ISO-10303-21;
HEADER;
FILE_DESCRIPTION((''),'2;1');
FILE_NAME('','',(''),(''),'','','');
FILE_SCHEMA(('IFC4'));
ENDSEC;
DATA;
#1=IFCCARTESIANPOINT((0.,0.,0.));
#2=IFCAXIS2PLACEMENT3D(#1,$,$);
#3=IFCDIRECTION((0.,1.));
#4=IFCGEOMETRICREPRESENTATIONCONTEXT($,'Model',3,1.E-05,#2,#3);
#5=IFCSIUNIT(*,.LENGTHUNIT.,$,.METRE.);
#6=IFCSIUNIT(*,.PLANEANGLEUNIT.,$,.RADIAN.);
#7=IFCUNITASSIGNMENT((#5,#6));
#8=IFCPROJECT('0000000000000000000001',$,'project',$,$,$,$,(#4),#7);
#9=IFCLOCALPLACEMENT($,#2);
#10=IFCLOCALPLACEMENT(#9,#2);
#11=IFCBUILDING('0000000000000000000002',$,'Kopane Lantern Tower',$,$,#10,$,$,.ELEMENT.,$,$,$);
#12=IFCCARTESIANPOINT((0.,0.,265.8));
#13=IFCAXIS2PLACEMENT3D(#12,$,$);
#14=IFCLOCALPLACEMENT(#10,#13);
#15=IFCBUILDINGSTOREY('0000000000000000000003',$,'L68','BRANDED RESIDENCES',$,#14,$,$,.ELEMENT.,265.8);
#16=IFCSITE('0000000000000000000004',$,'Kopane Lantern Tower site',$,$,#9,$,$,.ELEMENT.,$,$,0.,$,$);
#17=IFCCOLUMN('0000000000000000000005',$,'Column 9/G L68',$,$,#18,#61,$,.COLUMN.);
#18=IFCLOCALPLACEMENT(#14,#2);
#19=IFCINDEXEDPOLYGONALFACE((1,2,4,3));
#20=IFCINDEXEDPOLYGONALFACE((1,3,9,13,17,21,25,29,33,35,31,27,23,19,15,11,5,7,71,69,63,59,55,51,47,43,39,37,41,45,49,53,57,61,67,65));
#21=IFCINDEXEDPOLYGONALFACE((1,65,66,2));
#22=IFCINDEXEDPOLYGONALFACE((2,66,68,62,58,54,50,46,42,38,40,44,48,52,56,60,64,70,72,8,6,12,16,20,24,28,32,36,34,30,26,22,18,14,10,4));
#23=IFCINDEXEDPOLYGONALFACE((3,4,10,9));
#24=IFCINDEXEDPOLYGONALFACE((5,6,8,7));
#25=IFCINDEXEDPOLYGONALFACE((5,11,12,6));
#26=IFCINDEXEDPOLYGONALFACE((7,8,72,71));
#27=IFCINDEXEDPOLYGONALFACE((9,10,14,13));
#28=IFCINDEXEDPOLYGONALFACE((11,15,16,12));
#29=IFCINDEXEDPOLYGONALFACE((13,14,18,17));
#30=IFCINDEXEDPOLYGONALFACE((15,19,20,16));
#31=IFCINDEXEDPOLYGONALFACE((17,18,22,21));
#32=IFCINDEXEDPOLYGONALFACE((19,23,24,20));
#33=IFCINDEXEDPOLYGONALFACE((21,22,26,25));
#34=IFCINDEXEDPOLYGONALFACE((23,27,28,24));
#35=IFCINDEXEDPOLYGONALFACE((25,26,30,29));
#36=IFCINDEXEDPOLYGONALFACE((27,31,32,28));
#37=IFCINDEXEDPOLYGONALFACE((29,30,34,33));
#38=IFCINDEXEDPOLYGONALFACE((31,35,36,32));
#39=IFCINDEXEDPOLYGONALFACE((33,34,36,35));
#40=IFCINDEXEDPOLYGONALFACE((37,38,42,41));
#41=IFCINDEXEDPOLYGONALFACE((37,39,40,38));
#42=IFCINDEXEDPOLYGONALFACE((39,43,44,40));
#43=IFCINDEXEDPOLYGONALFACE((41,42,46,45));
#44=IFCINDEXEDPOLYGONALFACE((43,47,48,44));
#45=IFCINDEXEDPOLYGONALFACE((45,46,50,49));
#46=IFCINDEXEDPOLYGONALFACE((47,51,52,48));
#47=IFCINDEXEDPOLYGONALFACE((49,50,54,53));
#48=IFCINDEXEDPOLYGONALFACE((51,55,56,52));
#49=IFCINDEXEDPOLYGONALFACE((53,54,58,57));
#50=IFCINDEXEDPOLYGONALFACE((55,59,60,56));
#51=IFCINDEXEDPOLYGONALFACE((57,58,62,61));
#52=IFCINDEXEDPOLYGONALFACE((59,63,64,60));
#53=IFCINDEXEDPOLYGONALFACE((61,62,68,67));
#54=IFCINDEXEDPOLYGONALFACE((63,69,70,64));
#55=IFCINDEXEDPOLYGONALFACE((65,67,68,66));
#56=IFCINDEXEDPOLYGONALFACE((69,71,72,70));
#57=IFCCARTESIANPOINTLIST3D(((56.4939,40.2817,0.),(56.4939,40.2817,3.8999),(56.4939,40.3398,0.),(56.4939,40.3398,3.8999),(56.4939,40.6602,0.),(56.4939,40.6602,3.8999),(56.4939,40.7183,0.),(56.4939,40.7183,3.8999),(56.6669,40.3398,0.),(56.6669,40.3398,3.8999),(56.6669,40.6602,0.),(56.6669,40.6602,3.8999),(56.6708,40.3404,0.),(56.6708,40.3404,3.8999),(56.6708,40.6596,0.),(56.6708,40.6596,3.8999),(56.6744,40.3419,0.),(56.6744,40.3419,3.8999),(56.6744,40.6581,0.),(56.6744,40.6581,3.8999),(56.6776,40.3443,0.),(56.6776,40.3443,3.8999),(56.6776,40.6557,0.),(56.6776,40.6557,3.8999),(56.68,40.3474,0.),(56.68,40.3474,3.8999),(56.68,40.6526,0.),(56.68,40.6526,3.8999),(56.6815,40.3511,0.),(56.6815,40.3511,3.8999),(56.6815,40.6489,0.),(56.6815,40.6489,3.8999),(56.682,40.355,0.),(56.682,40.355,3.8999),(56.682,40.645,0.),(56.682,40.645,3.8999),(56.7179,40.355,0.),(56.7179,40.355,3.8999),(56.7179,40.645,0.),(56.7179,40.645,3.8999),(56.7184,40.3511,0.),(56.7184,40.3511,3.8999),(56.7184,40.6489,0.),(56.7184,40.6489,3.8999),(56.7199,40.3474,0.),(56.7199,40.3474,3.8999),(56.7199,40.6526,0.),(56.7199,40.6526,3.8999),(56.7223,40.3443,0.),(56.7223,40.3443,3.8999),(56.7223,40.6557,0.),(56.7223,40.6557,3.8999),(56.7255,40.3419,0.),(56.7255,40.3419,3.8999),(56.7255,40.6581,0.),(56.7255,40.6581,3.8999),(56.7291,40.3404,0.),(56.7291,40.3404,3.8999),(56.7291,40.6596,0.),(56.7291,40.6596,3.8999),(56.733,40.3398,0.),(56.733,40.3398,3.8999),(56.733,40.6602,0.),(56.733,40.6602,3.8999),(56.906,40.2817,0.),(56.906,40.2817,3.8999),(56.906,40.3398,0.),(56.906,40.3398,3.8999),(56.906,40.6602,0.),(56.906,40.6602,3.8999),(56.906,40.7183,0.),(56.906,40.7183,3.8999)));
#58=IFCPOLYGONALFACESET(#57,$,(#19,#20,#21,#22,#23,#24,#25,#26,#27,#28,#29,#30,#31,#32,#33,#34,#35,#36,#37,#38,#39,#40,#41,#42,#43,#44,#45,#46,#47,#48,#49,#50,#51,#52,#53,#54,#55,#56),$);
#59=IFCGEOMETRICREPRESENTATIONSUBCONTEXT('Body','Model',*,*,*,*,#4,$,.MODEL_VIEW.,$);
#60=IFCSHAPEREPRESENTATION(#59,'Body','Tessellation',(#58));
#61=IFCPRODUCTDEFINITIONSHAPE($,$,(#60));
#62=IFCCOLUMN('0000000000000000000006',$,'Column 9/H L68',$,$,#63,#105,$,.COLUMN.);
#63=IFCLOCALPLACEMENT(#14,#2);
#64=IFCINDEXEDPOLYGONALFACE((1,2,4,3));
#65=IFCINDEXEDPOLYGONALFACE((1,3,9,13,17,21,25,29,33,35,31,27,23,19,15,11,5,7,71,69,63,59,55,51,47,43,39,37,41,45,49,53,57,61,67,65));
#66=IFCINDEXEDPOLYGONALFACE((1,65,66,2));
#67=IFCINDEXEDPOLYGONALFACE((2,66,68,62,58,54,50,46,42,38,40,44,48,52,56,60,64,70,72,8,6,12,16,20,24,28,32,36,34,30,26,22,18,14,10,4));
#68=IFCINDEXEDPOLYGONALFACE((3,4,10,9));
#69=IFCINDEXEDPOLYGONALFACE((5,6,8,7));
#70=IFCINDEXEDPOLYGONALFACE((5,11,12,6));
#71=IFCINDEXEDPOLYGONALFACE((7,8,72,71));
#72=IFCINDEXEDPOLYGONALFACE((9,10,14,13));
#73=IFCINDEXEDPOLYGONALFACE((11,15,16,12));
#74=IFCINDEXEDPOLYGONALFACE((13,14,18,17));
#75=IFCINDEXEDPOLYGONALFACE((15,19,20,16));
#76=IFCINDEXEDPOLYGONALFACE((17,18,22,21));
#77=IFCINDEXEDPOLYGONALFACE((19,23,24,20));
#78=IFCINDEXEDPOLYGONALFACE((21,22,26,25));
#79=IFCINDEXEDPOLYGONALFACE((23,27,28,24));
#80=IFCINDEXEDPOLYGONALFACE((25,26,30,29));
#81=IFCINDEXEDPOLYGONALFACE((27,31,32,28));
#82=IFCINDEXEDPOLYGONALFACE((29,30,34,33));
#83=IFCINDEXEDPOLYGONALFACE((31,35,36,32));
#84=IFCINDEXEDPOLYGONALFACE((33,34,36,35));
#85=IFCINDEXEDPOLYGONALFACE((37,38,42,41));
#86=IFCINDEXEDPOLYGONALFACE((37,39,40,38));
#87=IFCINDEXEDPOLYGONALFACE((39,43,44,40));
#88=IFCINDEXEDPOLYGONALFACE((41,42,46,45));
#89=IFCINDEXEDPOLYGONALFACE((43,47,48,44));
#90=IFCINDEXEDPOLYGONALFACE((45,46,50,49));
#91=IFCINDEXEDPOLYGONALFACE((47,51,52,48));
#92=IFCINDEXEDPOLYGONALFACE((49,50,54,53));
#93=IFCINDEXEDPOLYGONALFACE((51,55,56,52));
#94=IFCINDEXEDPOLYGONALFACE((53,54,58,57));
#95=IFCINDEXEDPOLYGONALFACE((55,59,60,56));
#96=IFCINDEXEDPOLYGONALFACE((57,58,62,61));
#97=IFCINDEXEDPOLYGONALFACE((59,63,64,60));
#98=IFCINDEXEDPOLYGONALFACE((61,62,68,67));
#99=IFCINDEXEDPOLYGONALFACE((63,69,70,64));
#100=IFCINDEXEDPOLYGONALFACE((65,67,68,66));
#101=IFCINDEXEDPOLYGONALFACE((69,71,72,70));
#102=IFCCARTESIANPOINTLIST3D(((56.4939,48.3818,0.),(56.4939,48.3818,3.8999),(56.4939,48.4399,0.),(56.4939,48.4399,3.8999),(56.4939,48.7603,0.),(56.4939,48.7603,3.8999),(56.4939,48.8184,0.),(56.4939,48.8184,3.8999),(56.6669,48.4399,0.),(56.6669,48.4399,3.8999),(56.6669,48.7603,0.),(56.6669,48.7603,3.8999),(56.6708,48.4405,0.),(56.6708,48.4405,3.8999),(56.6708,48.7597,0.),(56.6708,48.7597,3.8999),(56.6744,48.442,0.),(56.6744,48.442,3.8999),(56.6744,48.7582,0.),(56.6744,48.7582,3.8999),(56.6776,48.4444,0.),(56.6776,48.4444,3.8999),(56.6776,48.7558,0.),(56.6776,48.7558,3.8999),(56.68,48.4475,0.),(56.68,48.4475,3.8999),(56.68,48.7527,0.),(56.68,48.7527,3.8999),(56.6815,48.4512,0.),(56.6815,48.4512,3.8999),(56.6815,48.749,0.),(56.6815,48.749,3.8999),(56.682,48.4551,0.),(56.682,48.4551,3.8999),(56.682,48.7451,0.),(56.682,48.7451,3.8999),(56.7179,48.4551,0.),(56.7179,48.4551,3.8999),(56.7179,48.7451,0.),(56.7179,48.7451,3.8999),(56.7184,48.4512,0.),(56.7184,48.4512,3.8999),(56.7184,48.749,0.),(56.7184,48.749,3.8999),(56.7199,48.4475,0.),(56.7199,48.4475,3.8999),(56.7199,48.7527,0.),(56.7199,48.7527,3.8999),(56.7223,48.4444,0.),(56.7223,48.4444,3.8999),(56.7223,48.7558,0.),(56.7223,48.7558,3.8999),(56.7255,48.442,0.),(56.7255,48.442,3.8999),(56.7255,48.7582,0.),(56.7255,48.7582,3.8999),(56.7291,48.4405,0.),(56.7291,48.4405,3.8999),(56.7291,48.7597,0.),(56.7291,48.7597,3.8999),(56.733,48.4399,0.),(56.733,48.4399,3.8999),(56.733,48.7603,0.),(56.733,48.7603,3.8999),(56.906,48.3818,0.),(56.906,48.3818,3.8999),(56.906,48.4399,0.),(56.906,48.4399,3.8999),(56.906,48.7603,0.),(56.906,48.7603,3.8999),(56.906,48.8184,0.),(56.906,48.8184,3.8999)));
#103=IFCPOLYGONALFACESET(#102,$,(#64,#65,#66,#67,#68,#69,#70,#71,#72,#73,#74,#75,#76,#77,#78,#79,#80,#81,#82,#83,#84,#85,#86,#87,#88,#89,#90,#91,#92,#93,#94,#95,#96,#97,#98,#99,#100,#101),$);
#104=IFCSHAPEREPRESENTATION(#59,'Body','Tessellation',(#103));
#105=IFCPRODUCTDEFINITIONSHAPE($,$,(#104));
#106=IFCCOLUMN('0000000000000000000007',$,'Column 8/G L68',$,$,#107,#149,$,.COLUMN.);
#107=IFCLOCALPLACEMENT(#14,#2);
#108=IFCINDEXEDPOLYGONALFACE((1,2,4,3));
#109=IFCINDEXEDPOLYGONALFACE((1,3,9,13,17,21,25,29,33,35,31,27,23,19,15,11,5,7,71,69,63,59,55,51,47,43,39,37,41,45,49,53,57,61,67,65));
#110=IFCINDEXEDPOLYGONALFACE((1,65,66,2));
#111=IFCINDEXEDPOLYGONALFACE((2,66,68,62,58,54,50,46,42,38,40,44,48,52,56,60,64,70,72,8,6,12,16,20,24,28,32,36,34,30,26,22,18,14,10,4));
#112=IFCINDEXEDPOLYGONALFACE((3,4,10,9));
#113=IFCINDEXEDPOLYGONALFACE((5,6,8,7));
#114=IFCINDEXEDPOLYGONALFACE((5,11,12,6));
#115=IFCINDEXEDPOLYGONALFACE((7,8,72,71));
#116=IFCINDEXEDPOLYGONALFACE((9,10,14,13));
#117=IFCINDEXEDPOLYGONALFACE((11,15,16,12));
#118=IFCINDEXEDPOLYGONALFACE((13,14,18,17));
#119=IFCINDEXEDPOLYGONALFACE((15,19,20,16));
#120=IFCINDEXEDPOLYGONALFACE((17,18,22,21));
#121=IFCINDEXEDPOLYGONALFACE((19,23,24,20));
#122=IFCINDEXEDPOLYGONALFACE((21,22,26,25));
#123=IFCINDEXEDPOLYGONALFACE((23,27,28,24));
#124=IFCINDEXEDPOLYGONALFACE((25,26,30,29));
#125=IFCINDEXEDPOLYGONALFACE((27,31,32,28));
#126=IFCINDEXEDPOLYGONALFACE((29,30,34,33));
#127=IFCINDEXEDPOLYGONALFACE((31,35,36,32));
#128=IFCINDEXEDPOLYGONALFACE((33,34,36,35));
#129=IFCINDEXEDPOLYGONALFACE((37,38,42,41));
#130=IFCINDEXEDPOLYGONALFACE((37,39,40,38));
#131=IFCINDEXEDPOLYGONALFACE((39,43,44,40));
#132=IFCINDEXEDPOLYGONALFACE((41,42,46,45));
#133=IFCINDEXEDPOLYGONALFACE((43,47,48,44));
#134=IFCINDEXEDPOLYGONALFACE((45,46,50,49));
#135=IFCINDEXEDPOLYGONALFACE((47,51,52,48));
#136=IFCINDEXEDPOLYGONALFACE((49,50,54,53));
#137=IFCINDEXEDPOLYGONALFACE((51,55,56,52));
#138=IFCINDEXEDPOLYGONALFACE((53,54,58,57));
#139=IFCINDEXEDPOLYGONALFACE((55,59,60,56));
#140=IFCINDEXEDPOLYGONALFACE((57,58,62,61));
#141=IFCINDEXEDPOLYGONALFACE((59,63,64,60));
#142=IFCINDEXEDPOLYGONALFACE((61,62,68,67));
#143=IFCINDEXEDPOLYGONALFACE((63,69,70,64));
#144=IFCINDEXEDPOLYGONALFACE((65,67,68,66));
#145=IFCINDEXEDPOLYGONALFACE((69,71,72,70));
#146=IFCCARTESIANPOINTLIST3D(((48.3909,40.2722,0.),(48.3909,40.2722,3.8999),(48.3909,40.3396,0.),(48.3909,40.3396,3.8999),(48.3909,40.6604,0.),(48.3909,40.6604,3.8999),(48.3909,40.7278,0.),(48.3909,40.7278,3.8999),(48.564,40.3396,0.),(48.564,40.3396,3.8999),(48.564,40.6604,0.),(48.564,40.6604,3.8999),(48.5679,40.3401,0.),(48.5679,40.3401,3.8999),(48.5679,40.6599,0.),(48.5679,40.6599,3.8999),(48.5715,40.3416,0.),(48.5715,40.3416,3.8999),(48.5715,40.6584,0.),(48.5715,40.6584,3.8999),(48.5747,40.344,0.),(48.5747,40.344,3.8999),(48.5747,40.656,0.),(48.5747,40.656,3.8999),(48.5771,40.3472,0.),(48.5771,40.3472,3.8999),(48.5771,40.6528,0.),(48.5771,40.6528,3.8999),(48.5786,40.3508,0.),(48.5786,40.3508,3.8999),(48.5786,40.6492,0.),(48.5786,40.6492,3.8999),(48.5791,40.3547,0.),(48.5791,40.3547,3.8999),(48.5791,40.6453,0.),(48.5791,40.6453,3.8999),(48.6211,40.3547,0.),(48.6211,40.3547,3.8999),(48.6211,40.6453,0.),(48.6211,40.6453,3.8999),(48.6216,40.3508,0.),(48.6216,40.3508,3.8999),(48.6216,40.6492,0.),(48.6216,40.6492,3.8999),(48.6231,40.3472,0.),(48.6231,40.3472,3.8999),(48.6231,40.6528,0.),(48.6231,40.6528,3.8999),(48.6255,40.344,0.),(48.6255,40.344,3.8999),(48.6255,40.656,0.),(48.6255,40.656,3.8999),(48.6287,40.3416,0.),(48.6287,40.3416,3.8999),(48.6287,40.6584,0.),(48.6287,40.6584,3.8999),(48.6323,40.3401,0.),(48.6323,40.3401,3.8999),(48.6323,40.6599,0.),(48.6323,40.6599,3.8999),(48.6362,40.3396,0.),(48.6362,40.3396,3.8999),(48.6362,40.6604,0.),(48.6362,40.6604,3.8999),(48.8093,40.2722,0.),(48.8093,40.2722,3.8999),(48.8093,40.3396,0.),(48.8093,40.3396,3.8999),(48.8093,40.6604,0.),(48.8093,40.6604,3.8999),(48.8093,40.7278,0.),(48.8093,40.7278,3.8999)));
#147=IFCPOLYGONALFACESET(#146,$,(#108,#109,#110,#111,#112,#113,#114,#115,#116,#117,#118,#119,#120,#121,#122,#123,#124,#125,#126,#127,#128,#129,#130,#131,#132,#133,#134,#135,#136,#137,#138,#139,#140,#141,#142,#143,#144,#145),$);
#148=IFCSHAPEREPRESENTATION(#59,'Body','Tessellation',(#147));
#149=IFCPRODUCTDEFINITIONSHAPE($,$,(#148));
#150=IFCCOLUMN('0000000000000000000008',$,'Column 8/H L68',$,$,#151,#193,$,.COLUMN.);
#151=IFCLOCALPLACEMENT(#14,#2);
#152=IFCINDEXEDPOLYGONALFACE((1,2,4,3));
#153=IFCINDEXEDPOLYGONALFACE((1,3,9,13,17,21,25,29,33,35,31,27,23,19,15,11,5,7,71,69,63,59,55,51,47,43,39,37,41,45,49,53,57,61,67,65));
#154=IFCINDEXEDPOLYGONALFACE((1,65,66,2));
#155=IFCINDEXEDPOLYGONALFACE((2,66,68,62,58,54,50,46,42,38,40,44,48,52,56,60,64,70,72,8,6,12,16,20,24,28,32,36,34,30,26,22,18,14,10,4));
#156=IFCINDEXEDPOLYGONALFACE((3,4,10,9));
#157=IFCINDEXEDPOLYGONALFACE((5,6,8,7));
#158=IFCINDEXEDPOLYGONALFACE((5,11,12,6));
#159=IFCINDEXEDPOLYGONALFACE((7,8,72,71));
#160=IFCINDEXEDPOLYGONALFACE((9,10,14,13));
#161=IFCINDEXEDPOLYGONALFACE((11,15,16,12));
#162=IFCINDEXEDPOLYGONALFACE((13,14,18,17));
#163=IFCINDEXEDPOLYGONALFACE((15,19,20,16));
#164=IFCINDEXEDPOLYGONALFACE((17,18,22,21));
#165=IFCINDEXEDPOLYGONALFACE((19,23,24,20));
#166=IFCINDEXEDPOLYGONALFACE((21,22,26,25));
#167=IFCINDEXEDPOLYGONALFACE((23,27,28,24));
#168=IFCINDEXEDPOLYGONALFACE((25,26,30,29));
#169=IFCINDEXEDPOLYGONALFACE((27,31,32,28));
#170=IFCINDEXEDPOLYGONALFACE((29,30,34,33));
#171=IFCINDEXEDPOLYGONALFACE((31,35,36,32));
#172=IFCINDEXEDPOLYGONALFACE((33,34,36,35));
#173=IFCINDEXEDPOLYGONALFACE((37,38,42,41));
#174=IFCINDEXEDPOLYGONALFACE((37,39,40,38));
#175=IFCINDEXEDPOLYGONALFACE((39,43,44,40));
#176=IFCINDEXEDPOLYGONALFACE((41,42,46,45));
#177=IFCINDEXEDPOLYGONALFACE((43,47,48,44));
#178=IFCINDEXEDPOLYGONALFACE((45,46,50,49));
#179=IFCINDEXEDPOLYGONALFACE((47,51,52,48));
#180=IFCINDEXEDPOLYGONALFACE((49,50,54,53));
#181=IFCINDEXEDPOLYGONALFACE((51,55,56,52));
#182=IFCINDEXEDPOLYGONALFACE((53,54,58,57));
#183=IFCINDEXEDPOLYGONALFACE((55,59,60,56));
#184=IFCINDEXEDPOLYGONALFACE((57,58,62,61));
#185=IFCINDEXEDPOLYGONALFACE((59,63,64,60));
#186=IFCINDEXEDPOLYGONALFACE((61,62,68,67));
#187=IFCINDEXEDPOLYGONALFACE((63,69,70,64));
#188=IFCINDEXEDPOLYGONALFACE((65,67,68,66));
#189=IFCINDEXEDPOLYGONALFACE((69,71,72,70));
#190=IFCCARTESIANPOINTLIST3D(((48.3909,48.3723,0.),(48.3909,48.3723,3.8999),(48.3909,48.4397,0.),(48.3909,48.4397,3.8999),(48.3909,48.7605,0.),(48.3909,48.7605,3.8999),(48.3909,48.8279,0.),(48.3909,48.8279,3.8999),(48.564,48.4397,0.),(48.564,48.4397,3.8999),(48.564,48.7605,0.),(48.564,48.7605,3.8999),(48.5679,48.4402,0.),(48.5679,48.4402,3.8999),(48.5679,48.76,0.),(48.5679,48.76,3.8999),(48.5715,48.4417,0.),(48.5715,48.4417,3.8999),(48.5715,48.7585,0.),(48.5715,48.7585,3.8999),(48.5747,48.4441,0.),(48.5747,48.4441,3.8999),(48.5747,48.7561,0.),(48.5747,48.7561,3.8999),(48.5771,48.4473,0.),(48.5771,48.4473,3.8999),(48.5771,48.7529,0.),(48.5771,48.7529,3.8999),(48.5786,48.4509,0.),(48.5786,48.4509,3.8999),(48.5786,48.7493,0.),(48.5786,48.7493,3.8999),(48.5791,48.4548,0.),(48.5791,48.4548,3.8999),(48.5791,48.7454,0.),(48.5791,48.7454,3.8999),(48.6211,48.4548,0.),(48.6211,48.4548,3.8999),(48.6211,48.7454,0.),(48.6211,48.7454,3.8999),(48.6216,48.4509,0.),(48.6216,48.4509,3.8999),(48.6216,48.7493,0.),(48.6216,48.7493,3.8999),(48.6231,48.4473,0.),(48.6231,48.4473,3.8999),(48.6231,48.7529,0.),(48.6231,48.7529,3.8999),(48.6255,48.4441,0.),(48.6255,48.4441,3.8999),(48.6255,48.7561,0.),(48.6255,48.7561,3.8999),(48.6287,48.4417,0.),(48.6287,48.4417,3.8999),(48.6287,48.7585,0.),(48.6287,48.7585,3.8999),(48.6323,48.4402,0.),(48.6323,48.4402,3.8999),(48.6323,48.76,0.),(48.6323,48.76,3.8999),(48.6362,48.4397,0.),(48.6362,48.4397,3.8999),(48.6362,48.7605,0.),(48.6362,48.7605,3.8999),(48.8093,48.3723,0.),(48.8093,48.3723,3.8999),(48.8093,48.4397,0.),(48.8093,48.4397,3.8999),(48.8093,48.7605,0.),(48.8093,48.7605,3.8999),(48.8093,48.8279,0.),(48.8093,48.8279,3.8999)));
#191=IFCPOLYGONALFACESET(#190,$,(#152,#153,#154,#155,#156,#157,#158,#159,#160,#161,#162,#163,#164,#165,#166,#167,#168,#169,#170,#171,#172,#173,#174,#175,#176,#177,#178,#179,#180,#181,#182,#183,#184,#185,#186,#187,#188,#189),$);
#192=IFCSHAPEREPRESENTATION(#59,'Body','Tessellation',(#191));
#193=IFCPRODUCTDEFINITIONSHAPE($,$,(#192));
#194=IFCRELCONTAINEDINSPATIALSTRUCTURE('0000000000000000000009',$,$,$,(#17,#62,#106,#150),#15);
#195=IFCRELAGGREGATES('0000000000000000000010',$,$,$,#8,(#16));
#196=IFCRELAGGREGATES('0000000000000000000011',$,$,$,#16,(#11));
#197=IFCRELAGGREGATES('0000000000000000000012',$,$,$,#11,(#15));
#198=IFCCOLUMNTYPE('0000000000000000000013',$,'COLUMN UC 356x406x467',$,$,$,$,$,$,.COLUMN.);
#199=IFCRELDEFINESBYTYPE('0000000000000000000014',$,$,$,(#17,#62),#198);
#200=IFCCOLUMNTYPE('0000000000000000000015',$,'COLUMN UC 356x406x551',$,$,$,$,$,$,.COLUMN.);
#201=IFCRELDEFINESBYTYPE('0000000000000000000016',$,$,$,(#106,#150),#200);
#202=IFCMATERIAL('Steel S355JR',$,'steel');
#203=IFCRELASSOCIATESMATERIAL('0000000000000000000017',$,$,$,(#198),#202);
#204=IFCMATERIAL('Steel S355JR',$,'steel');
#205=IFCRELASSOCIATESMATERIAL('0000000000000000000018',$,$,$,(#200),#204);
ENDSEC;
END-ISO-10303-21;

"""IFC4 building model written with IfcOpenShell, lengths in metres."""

from ifc_helpers import new_model, si_unit, direction, frame, origin, origin_2d, place, context, subcontext, project, spatial, i_section, extrude, material, material_profile, profile_set, type_object, element, save


model = new_model("IFC4")

# Units and contexts
model_context = context("Model", 3, precision=1e-05, world=origin(), true_north=direction((0.0, 1.0)))
body_context = subcontext(model_context, "Body", "Model", "MODEL_VIEW")
ifc_project = project(units=[si_unit("LENGTHUNIT", "METRE"), si_unit("PLANEANGLEUNIT", "RADIAN")], contexts=[model_context])

# Site, building, storey
site_placement = place(None, origin())
site = spatial("IfcSite", under=ifc_project, at=site_placement, Name="Kopane Lantern Tower site", CompositionType="ELEMENT", RefElevation=0.0)
building_placement = place(site_placement, origin())
building = spatial("IfcBuilding", under=site, at=building_placement, Name="Kopane Lantern Tower", CompositionType="ELEMENT")
storey_placement = place(building_placement, frame((0.0, 0.0, 265.8)))
storey = spatial("IfcBuildingStorey", under=building, at=storey_placement, Name="L68", Description="BRANDED RESIDENCES", CompositionType="ELEMENT", Elevation=265.8)

# Columns
ifc_material_1 = material(Name="Steel S355JR", Category="steel")
ifc_material_profile_1 = material_profile(ifc_material_1, i_section(OverallWidth=0.4121, OverallDepth=0.4365, WebThickness=0.0359, FlangeThickness=0.0581, FilletRadius=0.0151, at=origin_2d()), Name="UC 356x406x467")
ifc_profile_set_1 = profile_set([ifc_material_profile_1], Name="Steel S355JR")
column_type_1 = type_object("IfcColumnType", Name="COLUMN UC 356x406x467", PredefinedType="COLUMN", material=ifc_profile_set_1)
for number, where, z_axis, x_axis, name in (
    (1, (56.7, 40.5, 0.0), (0.0, 0.0, 1.0), (1.0, 0.0, 0.0), "Column 9/G L68"),
    (2, (56.7, 48.6001, 0.0), (0.0, 0.0, 1.0), (1.0, 0.0, 0.0), "Column 9/H L68"),
):
    element("IfcColumn", number, at=place(storey_placement, frame(where, z_axis=z_axis, x_axis=x_axis)), inside=storey, type_object=column_type_1, Name=name, PredefinedType="COLUMN", context=body_context, shape_type="SweptSolid", body=[
        extrude(i_section(OverallWidth=0.4121, OverallDepth=0.4365, WebThickness=0.0359, FlangeThickness=0.0581, FilletRadius=0.0151, at=origin_2d()), origin(), (0.0, 0.0, 1.0), 3.8999),
    ])
ifc_material_2 = material(Name="Steel S355JR", Category="steel")
ifc_material_profile_2 = material_profile(ifc_material_2, i_section(OverallWidth=0.4185, OverallDepth=0.4556, WebThickness=0.042, FlangeThickness=0.0674, FilletRadius=0.0151, at=origin_2d()), Name="UC 356x406x551")
ifc_profile_set_2 = profile_set([ifc_material_profile_2], Name="Steel S355JR")
column_type_2 = type_object("IfcColumnType", Name="COLUMN UC 356x406x551", PredefinedType="COLUMN", material=ifc_profile_set_2)
for number, where, z_axis, x_axis, name in (
    (3, (48.6001, 40.5, 0.0), (0.0, 0.0, 1.0), (1.0, 0.0, 0.0), "Column 8/G L68"),
    (4, (48.6001, 48.6001, 0.0), (0.0, 0.0, 1.0), (1.0, 0.0, 0.0), "Column 8/H L68"),
):
    element("IfcColumn", number, at=place(storey_placement, frame(where, z_axis=z_axis, x_axis=x_axis)), inside=storey, type_object=column_type_2, Name=name, PredefinedType="COLUMN", context=body_context, shape_type="SweptSolid", body=[
        extrude(i_section(OverallWidth=0.4185, OverallDepth=0.4556, WebThickness=0.042, FlangeThickness=0.0674, FilletRadius=0.0151, at=origin_2d()), origin(), (0.0, 0.0, 1.0), 3.8999),
    ])

save(model, "model.ifc")
